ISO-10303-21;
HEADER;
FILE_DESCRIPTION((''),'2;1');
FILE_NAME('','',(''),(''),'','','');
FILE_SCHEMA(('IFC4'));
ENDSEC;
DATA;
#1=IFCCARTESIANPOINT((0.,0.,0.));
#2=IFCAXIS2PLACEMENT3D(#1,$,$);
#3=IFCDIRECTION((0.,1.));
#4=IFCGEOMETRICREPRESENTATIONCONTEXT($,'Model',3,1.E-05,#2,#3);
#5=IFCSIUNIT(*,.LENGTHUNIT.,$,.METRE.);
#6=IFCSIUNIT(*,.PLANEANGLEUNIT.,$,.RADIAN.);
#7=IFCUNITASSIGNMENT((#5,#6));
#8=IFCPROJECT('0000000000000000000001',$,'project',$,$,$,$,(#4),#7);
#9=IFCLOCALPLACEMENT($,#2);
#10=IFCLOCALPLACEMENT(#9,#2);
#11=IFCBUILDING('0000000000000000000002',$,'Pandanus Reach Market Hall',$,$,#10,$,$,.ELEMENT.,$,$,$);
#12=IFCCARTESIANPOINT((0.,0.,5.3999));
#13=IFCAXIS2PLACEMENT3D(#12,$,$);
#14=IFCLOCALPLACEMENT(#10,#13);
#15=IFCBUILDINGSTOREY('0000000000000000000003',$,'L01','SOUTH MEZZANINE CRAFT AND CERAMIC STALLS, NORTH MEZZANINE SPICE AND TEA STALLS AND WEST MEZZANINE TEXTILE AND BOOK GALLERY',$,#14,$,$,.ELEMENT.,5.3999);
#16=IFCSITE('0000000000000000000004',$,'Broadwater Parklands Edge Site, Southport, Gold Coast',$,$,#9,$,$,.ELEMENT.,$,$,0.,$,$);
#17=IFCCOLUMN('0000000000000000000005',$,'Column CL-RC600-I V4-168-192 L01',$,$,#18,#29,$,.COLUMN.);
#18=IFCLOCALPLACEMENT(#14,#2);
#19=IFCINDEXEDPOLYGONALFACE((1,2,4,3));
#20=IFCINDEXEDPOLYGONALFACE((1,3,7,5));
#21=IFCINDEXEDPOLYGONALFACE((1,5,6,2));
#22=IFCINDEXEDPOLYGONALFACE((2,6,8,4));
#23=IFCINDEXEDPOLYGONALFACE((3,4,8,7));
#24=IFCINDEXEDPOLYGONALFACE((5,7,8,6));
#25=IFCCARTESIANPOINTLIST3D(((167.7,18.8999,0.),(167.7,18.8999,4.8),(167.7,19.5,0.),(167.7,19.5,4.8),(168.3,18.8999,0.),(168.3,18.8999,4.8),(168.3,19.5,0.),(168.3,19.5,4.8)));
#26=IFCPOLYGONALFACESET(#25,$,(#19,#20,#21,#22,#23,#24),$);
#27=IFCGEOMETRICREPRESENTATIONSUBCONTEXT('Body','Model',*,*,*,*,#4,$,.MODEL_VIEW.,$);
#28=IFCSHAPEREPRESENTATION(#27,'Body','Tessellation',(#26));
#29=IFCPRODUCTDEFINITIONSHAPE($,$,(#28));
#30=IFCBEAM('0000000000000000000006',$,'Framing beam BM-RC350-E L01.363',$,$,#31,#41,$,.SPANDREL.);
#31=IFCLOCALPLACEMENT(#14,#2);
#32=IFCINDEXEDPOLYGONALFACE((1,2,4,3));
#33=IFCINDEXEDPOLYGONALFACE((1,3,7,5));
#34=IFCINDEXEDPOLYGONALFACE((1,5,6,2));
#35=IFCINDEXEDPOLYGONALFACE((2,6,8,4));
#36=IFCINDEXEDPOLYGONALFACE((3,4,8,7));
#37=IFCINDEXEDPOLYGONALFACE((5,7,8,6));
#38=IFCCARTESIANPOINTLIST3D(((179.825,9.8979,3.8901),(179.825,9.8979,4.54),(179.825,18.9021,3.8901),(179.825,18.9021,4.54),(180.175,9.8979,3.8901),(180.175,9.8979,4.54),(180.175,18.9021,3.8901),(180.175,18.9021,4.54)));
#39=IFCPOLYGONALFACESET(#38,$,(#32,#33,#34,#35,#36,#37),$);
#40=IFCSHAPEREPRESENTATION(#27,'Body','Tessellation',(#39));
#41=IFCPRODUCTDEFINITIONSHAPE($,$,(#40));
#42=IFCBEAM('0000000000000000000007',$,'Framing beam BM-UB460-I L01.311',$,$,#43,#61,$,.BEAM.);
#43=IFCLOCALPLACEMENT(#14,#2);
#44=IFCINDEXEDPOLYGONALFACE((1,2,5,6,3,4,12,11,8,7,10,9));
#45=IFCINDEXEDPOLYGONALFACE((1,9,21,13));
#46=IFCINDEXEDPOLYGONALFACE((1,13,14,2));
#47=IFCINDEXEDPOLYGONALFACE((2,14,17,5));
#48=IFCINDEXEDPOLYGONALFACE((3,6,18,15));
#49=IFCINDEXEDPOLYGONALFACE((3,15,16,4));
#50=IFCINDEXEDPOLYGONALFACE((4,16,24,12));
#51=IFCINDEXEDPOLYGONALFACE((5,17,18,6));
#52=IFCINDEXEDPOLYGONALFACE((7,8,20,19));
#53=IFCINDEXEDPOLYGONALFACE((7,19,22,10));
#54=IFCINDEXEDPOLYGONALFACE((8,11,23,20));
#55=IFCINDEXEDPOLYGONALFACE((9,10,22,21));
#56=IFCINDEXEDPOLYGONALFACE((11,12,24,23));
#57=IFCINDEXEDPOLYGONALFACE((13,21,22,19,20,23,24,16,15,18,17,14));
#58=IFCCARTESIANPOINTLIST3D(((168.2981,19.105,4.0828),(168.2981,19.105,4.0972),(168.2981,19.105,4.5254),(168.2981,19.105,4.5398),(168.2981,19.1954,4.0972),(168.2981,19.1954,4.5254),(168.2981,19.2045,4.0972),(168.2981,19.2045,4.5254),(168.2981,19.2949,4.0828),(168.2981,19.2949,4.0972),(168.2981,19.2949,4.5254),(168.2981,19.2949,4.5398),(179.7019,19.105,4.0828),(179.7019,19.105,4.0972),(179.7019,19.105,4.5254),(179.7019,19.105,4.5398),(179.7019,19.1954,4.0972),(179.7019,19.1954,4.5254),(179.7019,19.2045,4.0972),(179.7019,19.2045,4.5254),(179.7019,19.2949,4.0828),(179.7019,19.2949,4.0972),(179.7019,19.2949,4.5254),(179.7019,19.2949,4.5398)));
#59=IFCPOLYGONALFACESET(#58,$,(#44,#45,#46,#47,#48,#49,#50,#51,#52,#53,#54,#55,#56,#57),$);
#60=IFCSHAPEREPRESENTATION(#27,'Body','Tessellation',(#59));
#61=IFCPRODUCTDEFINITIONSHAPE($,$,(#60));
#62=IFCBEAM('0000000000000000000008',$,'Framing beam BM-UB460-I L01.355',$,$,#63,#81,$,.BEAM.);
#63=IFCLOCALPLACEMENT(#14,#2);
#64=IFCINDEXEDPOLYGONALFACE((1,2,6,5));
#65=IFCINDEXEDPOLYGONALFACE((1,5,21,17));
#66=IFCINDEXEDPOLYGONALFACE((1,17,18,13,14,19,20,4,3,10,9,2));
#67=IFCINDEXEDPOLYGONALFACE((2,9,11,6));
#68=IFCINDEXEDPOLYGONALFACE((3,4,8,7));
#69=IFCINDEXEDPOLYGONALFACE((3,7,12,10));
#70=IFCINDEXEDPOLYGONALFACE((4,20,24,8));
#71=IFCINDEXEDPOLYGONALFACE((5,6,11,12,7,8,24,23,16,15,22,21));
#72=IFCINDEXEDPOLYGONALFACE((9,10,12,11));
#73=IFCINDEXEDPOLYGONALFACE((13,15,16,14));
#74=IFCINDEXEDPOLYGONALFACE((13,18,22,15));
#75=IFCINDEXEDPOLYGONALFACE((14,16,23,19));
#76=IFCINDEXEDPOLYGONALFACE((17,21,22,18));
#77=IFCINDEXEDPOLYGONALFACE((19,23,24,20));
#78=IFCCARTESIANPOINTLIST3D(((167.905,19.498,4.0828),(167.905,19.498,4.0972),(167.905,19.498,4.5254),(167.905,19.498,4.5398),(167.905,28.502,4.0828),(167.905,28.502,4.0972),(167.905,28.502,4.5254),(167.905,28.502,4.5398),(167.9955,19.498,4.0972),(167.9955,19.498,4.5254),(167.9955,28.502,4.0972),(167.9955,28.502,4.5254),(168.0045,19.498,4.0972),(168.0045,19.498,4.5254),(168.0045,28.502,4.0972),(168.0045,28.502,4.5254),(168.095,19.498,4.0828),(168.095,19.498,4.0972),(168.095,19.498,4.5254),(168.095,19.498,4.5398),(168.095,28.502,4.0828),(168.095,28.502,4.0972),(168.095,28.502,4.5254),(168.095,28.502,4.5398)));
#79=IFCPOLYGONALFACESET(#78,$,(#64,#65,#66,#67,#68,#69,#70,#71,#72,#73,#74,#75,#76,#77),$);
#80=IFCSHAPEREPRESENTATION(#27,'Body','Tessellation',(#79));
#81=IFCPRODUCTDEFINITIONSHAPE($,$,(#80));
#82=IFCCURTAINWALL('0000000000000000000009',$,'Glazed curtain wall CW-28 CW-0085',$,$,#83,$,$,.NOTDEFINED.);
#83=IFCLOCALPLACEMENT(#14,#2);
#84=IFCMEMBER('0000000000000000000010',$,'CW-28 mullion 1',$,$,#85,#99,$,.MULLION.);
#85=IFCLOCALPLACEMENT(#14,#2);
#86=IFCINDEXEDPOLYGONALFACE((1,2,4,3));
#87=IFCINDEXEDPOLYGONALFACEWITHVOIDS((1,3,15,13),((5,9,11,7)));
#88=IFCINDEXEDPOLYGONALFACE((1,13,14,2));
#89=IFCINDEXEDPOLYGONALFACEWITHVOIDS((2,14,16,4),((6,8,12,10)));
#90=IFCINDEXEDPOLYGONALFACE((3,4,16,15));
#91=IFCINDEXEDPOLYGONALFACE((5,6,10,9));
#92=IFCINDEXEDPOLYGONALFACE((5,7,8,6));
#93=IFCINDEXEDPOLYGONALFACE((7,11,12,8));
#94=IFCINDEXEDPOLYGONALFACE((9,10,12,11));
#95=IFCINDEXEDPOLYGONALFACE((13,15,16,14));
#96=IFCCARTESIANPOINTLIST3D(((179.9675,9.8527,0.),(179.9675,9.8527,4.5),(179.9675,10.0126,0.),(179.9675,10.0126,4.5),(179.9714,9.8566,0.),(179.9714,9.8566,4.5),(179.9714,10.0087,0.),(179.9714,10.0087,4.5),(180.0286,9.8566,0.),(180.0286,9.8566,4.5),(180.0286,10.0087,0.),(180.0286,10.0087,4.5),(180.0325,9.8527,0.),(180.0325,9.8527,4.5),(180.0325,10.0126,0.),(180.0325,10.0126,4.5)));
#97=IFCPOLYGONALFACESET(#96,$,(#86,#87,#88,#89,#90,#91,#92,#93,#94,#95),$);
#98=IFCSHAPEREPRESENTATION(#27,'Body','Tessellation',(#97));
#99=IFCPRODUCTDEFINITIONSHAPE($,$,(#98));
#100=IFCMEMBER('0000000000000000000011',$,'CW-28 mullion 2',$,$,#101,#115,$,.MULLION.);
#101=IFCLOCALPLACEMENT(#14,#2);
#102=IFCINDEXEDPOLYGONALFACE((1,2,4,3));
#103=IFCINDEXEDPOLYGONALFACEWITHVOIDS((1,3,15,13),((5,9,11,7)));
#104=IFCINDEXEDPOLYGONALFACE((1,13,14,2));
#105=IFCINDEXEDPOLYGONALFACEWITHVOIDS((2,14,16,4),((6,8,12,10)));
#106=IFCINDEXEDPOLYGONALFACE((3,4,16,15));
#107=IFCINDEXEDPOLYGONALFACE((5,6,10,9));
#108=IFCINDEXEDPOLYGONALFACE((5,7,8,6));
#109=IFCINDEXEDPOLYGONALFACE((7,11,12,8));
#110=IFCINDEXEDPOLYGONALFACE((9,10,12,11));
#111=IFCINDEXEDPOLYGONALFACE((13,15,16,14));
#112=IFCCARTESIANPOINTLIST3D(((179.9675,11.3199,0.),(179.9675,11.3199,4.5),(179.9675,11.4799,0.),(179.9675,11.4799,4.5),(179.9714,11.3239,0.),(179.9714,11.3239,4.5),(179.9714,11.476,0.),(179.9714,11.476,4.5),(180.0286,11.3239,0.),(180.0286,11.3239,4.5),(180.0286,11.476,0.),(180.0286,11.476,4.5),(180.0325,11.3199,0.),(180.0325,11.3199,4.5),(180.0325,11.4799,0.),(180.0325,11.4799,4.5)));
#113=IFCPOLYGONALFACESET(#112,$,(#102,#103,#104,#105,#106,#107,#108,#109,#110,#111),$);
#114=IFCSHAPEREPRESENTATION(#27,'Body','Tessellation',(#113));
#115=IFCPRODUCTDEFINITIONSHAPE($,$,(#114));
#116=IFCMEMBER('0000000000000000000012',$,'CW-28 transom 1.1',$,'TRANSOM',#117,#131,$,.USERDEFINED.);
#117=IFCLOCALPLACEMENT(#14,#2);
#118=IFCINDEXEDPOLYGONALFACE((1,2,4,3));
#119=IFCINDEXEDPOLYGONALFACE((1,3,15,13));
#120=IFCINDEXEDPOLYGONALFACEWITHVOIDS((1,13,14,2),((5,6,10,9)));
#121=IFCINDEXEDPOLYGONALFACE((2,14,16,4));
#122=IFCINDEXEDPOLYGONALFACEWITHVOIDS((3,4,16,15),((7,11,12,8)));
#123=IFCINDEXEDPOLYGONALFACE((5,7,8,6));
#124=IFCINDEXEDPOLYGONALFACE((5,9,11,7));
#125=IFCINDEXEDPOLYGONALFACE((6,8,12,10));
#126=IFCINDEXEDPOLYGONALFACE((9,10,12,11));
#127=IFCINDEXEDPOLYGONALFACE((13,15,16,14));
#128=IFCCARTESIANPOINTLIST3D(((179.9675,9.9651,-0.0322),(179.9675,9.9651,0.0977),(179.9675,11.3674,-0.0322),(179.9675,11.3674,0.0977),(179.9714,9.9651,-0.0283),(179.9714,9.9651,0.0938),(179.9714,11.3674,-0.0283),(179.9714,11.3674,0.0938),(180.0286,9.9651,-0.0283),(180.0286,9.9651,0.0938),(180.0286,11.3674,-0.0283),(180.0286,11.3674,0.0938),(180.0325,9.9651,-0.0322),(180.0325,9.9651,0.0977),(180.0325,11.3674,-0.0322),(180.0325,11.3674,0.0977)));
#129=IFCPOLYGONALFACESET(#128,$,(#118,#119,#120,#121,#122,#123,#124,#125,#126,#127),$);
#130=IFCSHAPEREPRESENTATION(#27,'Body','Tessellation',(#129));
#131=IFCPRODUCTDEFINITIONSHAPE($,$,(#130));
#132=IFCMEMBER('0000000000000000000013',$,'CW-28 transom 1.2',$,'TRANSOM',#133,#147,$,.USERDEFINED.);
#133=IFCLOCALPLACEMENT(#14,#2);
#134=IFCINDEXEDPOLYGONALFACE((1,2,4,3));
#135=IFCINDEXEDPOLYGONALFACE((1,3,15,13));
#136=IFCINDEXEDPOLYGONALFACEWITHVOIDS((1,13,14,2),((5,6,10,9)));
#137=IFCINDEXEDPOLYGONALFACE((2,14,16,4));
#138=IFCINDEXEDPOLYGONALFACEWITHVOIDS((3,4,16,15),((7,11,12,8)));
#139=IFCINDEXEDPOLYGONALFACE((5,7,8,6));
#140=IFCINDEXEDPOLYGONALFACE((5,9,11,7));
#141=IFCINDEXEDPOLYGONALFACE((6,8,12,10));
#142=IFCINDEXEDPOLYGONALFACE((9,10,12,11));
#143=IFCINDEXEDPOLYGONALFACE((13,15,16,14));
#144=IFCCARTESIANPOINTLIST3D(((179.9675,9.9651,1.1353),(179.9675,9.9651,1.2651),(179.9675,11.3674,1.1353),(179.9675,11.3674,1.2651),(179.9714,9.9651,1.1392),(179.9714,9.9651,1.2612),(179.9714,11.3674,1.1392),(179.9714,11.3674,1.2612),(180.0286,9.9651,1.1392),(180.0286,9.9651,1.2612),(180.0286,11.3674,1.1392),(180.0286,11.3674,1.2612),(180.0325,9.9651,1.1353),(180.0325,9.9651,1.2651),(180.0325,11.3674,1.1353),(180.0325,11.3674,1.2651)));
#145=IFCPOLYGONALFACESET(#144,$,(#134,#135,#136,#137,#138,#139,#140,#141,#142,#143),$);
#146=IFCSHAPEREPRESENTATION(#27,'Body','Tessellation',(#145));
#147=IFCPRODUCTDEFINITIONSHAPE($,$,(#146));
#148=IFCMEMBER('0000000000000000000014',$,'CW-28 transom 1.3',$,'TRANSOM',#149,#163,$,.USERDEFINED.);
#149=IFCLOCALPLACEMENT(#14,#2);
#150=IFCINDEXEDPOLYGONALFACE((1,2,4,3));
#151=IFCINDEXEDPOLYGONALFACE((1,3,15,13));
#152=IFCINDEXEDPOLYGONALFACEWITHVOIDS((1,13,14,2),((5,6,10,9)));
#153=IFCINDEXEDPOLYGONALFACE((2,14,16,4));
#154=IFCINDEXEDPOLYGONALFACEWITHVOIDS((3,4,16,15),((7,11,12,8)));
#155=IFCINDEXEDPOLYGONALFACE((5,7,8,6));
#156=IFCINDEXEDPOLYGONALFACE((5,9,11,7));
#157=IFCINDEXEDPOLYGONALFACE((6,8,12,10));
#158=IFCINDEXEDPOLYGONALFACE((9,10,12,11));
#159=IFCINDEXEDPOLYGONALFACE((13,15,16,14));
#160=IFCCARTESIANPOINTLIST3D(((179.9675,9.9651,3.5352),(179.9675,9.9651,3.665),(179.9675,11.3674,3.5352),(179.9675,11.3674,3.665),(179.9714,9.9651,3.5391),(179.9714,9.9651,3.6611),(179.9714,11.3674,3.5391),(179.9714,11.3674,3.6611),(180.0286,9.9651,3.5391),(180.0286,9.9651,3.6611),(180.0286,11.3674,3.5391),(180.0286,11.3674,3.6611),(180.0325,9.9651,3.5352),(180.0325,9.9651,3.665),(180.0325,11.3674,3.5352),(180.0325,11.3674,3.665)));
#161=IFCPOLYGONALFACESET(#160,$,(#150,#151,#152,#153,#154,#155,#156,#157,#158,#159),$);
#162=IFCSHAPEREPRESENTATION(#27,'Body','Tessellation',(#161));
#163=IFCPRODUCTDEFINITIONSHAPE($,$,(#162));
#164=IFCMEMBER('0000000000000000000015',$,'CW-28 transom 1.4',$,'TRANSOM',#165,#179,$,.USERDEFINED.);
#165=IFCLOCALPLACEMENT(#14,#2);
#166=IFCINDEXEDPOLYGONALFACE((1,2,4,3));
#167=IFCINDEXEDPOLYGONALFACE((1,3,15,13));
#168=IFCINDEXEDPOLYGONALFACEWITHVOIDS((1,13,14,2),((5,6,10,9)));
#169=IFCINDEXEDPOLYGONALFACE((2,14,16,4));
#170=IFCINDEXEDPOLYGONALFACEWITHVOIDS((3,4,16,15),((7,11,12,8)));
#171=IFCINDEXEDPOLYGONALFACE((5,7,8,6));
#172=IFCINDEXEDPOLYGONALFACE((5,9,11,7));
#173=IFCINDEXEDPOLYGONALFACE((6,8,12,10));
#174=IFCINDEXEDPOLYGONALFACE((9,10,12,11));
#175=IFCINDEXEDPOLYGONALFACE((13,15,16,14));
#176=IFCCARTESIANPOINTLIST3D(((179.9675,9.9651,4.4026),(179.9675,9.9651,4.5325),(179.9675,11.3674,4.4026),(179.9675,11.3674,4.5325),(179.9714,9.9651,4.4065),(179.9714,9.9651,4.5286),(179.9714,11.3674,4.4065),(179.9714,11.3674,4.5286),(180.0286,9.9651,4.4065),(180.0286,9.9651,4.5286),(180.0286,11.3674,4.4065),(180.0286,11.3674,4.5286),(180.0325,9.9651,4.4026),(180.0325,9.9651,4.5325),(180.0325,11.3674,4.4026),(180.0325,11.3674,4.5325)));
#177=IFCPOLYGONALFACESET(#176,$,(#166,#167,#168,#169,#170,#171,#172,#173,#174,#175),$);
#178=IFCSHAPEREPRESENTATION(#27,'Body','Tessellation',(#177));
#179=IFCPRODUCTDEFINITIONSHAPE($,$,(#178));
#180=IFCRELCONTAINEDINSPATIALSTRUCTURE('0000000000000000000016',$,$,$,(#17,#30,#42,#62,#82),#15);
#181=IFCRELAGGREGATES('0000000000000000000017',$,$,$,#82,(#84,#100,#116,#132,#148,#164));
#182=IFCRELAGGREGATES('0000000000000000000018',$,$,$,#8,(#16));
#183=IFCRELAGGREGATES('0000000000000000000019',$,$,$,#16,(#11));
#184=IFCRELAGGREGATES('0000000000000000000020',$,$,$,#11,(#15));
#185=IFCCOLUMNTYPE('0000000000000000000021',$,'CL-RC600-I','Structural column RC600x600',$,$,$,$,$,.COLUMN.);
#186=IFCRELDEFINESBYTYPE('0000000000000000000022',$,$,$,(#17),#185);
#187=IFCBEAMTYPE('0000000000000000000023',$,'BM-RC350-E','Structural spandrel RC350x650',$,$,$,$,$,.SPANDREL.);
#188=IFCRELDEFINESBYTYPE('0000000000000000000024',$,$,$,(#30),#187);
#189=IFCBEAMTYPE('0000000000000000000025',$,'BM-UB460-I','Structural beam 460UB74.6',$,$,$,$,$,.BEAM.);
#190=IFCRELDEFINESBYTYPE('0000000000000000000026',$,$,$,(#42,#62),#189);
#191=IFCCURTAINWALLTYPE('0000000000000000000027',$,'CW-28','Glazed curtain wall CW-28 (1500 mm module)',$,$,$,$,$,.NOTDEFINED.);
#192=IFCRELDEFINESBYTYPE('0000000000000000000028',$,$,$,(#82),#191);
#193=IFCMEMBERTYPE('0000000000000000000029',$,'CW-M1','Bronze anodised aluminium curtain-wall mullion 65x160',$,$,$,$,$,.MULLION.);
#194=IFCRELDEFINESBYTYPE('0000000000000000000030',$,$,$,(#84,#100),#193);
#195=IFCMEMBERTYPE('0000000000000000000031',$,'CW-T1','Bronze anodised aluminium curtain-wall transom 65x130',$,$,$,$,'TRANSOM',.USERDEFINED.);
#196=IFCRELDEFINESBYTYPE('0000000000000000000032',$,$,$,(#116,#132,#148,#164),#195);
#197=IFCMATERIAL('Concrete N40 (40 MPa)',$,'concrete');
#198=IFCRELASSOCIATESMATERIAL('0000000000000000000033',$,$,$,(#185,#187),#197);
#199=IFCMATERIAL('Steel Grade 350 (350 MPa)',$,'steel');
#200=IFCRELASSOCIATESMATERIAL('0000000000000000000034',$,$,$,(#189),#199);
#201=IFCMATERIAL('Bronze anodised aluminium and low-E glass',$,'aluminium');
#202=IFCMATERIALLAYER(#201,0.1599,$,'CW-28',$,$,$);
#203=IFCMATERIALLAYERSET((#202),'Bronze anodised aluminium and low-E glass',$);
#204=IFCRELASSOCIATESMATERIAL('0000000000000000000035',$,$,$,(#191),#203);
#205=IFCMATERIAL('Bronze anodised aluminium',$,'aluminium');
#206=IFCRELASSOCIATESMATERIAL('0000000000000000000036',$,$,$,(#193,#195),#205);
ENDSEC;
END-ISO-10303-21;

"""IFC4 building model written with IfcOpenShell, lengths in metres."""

from ifc_helpers import new_model, si_unit, direction, frame, origin, origin_2d, place, context, subcontext, project, spatial, rectangle, hollow_rectangle, i_section, extrude, material, layer, layer_set, material_profile, profile_set, type_object, element, aggregate, save


model = new_model("IFC4")

# Units and contexts
model_context = context("Model", 3, precision=1e-05, world=origin(), true_north=direction((0.0, 1.0)))
body_context = subcontext(model_context, "Body", "Model", "MODEL_VIEW")
ifc_project = project(units=[si_unit("LENGTHUNIT", "METRE"), si_unit("PLANEANGLEUNIT", "RADIAN")], contexts=[model_context])

# Site, building, storey
site_placement = place(None, origin())
site = spatial("IfcSite", under=ifc_project, at=site_placement, Name="Broadwater Parklands Edge Site, Southport, Gold Coast", CompositionType="ELEMENT", RefElevation=0.0)
building_placement = place(site_placement, origin())
building = spatial("IfcBuilding", under=site, at=building_placement, Name="Pandanus Reach Market Hall", CompositionType="ELEMENT")
storey_placement = place(building_placement, frame((0.0, 0.0, 5.3999)))
storey = spatial("IfcBuildingStorey", under=building, at=storey_placement, Name="L01", Description="SOUTH MEZZANINE CRAFT AND CERAMIC STALLS, NORTH MEZZANINE SPICE AND TEA STALLS AND WEST MEZZANINE TEXTILE AND BOOK GALLERY", CompositionType="ELEMENT", Elevation=5.3999)

# Column
ifc_material_1 = material(Name="Concrete N40 (40 MPa)", Category="concrete")
ifc_material_profile_1 = material_profile(ifc_material_1, rectangle(XDim=0.6001, YDim=0.6001, at=origin_2d()), Name="RC600x600", Category="LoadBearing")
ifc_profile_set_1 = profile_set([ifc_material_profile_1], Name="Concrete N40 (40 MPa)")
column_type = type_object("IfcColumnType", Name="CL-RC600-I", Description="Structural column RC600x600", PredefinedType="COLUMN", material=ifc_profile_set_1)
column_placement = place(storey_placement, frame((168.0, 19.2, 0.0), z_axis=(0.0, 0.0, 1.0), x_axis=(1.0, 0.0, 0.0)))
element("IfcColumn", 1, at=column_placement, inside=storey, type_object=column_type, Name="Column CL-RC600-I V4-168-192 L01", PredefinedType="COLUMN", context=body_context, shape_type="SweptSolid", body=[
    extrude(rectangle(XDim=0.6001, YDim=0.6001, at=origin_2d()), origin(), (0.0, 0.0, 1.0), 4.8),
])

# Beams
ifc_material_profile_2 = material_profile(ifc_material_1, rectangle(XDim=0.3501, YDim=0.6499, at=origin_2d()), Name="RC350x650", Category="LoadBearing")
ifc_profile_set_2 = profile_set([ifc_material_profile_2], Name="Concrete N40 (40 MPa)")
beam_type_1 = type_object("IfcBeamType", Name="BM-RC350-E", Description="Structural spandrel RC350x650", PredefinedType="SPANDREL", material=ifc_profile_set_2)
beam_1_placement = place(storey_placement, frame((180.0, 9.8979, 4.2151), z_axis=(0.0, 1.0, 0.0), x_axis=(-1.0, 0.0, 0.0)))
element("IfcBeam", 2, at=beam_1_placement, inside=storey, type_object=beam_type_1, Name="Framing beam BM-RC350-E L01.363", PredefinedType="SPANDREL", context=body_context, shape_type="SweptSolid", body=[
    extrude(rectangle(XDim=0.3501, YDim=0.6499, at=origin_2d()), origin(), (0.0, 0.0, 1.0), 9.0042),
])
ifc_material_2 = material(Name="Steel Grade 350 (350 MPa)", Category="steel")
ifc_material_profile_3 = material_profile(ifc_material_2, i_section(OverallWidth=0.1899, OverallDepth=0.457, WebThickness=0.009, FlangeThickness=0.0144, at=origin_2d()), Name="460UB74.6", Category="LoadBearing")
ifc_profile_set_3 = profile_set([ifc_material_profile_3], Name="Steel Grade 350 (350 MPa)")
beam_type_2 = type_object("IfcBeamType", Name="BM-UB460-I", Description="Structural beam 460UB74.6", PredefinedType="BEAM", material=ifc_profile_set_3)
beam_2_placement = place(storey_placement, frame((168.2981, 19.2, 4.3113), z_axis=(1.0, 0.0, 0.0), x_axis=(0.0, 1.0, 0.0)))
element("IfcBeam", 3, at=beam_2_placement, inside=storey, type_object=beam_type_2, Name="Framing beam BM-UB460-I L01.311", PredefinedType="BEAM", context=body_context, shape_type="SweptSolid", body=[
    extrude(i_section(OverallWidth=0.1899, OverallDepth=0.457, WebThickness=0.009, FlangeThickness=0.0144, at=origin_2d()), origin(), (0.0, 0.0, 1.0), 11.4038),
])
beam_3_placement = place(storey_placement, frame((168.0, 19.498, 4.3113), z_axis=(0.0, 1.0, 0.0), x_axis=(-1.0, 0.0, 0.0)))
element("IfcBeam", 4, at=beam_3_placement, inside=storey, type_object=beam_type_2, Name="Framing beam BM-UB460-I L01.355", PredefinedType="BEAM", context=body_context, shape_type="SweptSolid", body=[
    extrude(i_section(OverallWidth=0.1899, OverallDepth=0.457, WebThickness=0.009, FlangeThickness=0.0144, at=origin_2d()), origin(), (0.0, 0.0, 1.0), 9.0039),
])

# Curtain wall, members
ifc_material_3 = material(Name="Bronze anodised aluminium and low-E glass", Category="aluminium")
ifc_layer_1 = layer(ifc_material_3, 0.1599, Name="CW-28")
ifc_layer_set_1 = layer_set([ifc_layer_1], Name="Bronze anodised aluminium and low-E glass")
curtain_wall_type = type_object("IfcCurtainWallType", Name="CW-28", Description="Glazed curtain wall CW-28 (1500 mm module)", PredefinedType="NOTDEFINED", material=ifc_layer_set_1)
curtain_wall_placement = place(storey_placement, origin())
curtain_wall = element("IfcCurtainWall", 5, at=curtain_wall_placement, inside=storey, type_object=curtain_wall_type, Name="Glazed curtain wall CW-28 CW-0085", PredefinedType="NOTDEFINED")
ifc_material_4 = material(Name="Bronze anodised aluminium", Category="aluminium")
ifc_material_profile_4 = material_profile(ifc_material_4, hollow_rectangle(XDim=0.0649, YDim=0.1599, WallThickness=0.0039, at=origin_2d()), Name="ALU65x160", Category="LoadBearing")
ifc_profile_set_4 = profile_set([ifc_material_profile_4], Name="Bronze anodised aluminium")
member_type_1 = type_object("IfcMemberType", Name="CW-M1", Description="Bronze anodised aluminium curtain-wall mullion 65x160", PredefinedType="MULLION", material=ifc_profile_set_4)
member_1_placement = place(storey_placement, frame((180.0, 9.9326, 0.0), z_axis=(0.0, 0.0, 1.0), x_axis=(-1.0, 0.0, 0.0)))
member_1 = element("IfcMember", 6, at=member_1_placement, type_object=member_type_1, Name="CW-28 mullion 1", PredefinedType="MULLION", context=body_context, shape_type="SweptSolid", body=[
    extrude(hollow_rectangle(XDim=0.0649, YDim=0.1599, WallThickness=0.0039, at=origin_2d()), origin(), (0.0, 0.0, 1.0), 4.5),
])
member_2_placement = place(storey_placement, frame((180.0, 11.3999, 0.0), z_axis=(0.0, 0.0, 1.0), x_axis=(-1.0, 0.0, 0.0)))
member_2 = element("IfcMember", 7, at=member_2_placement, type_object=member_type_1, Name="CW-28 mullion 2", PredefinedType="MULLION", context=body_context, shape_type="SweptSolid", body=[
    extrude(hollow_rectangle(XDim=0.0649, YDim=0.1599, WallThickness=0.0039, at=origin_2d()), origin(), (0.0, 0.0, 1.0), 4.5),
])
ifc_material_profile_5 = material_profile(ifc_material_4, hollow_rectangle(XDim=0.0649, YDim=0.1299, WallThickness=0.0039, at=origin_2d()), Name="ALU65x130", Category="LoadBearing")
ifc_profile_set_5 = profile_set([ifc_material_profile_5], Name="Bronze anodised aluminium")
member_type_2 = type_object("IfcMemberType", Name="CW-T1", Description="Bronze anodised aluminium curtain-wall transom 65x130", ElementType="TRANSOM", PredefinedType="USERDEFINED", material=ifc_profile_set_5)
member_3_placement = place(storey_placement, frame((180.0, 9.9651, 0.0327), z_axis=(0.0, 1.0, 0.0), x_axis=(-1.0, 0.0, 0.0)))
member_3 = element("IfcMember", 8, at=member_3_placement, type_object=member_type_2, Name="CW-28 transom 1.1", ObjectType="TRANSOM", PredefinedType="USERDEFINED", context=body_context, shape_type="SweptSolid", body=[
    extrude(hollow_rectangle(XDim=0.0649, YDim=0.1299, WallThickness=0.0039, at=origin_2d()), origin(), (0.0, 0.0, 1.0), 1.4023),
])
member_4_placement = place(storey_placement, frame((180.0, 9.9651, 1.2002), z_axis=(0.0, 1.0, 0.0), x_axis=(-1.0, 0.0, 0.0)))
member_4 = element("IfcMember", 9, at=member_4_placement, type_object=member_type_2, Name="CW-28 transom 1.2", ObjectType="TRANSOM", PredefinedType="USERDEFINED", context=body_context, shape_type="SweptSolid", body=[
    extrude(hollow_rectangle(XDim=0.0649, YDim=0.1299, WallThickness=0.0039, at=origin_2d()), origin(), (0.0, 0.0, 1.0), 1.4023),
])
member_5_placement = place(storey_placement, frame((180.0, 9.9651, 3.6001), z_axis=(0.0, 1.0, 0.0), x_axis=(-1.0, 0.0, 0.0)))
member_5 = element("IfcMember", 10, at=member_5_placement, type_object=member_type_2, Name="CW-28 transom 1.3", ObjectType="TRANSOM", PredefinedType="USERDEFINED", context=body_context, shape_type="SweptSolid", body=[
    extrude(hollow_rectangle(XDim=0.0649, YDim=0.1299, WallThickness=0.0039, at=origin_2d()), origin(), (0.0, 0.0, 1.0), 1.4023),
])
member_6_placement = place(storey_placement, frame((180.0, 9.9651, 4.4675), z_axis=(0.0, 1.0, 0.0), x_axis=(-1.0, 0.0, 0.0)))
member_6 = element("IfcMember", 11, at=member_6_placement, type_object=member_type_2, Name="CW-28 transom 1.4", ObjectType="TRANSOM", PredefinedType="USERDEFINED", context=body_context, shape_type="SweptSolid", body=[
    extrude(hollow_rectangle(XDim=0.0649, YDim=0.1299, WallThickness=0.0039, at=origin_2d()), origin(), (0.0, 0.0, 1.0), 1.4023),
])

aggregate(curtain_wall, [member_1, member_2, member_3, member_4, member_5, member_6])

save(model, "model.ifc")
